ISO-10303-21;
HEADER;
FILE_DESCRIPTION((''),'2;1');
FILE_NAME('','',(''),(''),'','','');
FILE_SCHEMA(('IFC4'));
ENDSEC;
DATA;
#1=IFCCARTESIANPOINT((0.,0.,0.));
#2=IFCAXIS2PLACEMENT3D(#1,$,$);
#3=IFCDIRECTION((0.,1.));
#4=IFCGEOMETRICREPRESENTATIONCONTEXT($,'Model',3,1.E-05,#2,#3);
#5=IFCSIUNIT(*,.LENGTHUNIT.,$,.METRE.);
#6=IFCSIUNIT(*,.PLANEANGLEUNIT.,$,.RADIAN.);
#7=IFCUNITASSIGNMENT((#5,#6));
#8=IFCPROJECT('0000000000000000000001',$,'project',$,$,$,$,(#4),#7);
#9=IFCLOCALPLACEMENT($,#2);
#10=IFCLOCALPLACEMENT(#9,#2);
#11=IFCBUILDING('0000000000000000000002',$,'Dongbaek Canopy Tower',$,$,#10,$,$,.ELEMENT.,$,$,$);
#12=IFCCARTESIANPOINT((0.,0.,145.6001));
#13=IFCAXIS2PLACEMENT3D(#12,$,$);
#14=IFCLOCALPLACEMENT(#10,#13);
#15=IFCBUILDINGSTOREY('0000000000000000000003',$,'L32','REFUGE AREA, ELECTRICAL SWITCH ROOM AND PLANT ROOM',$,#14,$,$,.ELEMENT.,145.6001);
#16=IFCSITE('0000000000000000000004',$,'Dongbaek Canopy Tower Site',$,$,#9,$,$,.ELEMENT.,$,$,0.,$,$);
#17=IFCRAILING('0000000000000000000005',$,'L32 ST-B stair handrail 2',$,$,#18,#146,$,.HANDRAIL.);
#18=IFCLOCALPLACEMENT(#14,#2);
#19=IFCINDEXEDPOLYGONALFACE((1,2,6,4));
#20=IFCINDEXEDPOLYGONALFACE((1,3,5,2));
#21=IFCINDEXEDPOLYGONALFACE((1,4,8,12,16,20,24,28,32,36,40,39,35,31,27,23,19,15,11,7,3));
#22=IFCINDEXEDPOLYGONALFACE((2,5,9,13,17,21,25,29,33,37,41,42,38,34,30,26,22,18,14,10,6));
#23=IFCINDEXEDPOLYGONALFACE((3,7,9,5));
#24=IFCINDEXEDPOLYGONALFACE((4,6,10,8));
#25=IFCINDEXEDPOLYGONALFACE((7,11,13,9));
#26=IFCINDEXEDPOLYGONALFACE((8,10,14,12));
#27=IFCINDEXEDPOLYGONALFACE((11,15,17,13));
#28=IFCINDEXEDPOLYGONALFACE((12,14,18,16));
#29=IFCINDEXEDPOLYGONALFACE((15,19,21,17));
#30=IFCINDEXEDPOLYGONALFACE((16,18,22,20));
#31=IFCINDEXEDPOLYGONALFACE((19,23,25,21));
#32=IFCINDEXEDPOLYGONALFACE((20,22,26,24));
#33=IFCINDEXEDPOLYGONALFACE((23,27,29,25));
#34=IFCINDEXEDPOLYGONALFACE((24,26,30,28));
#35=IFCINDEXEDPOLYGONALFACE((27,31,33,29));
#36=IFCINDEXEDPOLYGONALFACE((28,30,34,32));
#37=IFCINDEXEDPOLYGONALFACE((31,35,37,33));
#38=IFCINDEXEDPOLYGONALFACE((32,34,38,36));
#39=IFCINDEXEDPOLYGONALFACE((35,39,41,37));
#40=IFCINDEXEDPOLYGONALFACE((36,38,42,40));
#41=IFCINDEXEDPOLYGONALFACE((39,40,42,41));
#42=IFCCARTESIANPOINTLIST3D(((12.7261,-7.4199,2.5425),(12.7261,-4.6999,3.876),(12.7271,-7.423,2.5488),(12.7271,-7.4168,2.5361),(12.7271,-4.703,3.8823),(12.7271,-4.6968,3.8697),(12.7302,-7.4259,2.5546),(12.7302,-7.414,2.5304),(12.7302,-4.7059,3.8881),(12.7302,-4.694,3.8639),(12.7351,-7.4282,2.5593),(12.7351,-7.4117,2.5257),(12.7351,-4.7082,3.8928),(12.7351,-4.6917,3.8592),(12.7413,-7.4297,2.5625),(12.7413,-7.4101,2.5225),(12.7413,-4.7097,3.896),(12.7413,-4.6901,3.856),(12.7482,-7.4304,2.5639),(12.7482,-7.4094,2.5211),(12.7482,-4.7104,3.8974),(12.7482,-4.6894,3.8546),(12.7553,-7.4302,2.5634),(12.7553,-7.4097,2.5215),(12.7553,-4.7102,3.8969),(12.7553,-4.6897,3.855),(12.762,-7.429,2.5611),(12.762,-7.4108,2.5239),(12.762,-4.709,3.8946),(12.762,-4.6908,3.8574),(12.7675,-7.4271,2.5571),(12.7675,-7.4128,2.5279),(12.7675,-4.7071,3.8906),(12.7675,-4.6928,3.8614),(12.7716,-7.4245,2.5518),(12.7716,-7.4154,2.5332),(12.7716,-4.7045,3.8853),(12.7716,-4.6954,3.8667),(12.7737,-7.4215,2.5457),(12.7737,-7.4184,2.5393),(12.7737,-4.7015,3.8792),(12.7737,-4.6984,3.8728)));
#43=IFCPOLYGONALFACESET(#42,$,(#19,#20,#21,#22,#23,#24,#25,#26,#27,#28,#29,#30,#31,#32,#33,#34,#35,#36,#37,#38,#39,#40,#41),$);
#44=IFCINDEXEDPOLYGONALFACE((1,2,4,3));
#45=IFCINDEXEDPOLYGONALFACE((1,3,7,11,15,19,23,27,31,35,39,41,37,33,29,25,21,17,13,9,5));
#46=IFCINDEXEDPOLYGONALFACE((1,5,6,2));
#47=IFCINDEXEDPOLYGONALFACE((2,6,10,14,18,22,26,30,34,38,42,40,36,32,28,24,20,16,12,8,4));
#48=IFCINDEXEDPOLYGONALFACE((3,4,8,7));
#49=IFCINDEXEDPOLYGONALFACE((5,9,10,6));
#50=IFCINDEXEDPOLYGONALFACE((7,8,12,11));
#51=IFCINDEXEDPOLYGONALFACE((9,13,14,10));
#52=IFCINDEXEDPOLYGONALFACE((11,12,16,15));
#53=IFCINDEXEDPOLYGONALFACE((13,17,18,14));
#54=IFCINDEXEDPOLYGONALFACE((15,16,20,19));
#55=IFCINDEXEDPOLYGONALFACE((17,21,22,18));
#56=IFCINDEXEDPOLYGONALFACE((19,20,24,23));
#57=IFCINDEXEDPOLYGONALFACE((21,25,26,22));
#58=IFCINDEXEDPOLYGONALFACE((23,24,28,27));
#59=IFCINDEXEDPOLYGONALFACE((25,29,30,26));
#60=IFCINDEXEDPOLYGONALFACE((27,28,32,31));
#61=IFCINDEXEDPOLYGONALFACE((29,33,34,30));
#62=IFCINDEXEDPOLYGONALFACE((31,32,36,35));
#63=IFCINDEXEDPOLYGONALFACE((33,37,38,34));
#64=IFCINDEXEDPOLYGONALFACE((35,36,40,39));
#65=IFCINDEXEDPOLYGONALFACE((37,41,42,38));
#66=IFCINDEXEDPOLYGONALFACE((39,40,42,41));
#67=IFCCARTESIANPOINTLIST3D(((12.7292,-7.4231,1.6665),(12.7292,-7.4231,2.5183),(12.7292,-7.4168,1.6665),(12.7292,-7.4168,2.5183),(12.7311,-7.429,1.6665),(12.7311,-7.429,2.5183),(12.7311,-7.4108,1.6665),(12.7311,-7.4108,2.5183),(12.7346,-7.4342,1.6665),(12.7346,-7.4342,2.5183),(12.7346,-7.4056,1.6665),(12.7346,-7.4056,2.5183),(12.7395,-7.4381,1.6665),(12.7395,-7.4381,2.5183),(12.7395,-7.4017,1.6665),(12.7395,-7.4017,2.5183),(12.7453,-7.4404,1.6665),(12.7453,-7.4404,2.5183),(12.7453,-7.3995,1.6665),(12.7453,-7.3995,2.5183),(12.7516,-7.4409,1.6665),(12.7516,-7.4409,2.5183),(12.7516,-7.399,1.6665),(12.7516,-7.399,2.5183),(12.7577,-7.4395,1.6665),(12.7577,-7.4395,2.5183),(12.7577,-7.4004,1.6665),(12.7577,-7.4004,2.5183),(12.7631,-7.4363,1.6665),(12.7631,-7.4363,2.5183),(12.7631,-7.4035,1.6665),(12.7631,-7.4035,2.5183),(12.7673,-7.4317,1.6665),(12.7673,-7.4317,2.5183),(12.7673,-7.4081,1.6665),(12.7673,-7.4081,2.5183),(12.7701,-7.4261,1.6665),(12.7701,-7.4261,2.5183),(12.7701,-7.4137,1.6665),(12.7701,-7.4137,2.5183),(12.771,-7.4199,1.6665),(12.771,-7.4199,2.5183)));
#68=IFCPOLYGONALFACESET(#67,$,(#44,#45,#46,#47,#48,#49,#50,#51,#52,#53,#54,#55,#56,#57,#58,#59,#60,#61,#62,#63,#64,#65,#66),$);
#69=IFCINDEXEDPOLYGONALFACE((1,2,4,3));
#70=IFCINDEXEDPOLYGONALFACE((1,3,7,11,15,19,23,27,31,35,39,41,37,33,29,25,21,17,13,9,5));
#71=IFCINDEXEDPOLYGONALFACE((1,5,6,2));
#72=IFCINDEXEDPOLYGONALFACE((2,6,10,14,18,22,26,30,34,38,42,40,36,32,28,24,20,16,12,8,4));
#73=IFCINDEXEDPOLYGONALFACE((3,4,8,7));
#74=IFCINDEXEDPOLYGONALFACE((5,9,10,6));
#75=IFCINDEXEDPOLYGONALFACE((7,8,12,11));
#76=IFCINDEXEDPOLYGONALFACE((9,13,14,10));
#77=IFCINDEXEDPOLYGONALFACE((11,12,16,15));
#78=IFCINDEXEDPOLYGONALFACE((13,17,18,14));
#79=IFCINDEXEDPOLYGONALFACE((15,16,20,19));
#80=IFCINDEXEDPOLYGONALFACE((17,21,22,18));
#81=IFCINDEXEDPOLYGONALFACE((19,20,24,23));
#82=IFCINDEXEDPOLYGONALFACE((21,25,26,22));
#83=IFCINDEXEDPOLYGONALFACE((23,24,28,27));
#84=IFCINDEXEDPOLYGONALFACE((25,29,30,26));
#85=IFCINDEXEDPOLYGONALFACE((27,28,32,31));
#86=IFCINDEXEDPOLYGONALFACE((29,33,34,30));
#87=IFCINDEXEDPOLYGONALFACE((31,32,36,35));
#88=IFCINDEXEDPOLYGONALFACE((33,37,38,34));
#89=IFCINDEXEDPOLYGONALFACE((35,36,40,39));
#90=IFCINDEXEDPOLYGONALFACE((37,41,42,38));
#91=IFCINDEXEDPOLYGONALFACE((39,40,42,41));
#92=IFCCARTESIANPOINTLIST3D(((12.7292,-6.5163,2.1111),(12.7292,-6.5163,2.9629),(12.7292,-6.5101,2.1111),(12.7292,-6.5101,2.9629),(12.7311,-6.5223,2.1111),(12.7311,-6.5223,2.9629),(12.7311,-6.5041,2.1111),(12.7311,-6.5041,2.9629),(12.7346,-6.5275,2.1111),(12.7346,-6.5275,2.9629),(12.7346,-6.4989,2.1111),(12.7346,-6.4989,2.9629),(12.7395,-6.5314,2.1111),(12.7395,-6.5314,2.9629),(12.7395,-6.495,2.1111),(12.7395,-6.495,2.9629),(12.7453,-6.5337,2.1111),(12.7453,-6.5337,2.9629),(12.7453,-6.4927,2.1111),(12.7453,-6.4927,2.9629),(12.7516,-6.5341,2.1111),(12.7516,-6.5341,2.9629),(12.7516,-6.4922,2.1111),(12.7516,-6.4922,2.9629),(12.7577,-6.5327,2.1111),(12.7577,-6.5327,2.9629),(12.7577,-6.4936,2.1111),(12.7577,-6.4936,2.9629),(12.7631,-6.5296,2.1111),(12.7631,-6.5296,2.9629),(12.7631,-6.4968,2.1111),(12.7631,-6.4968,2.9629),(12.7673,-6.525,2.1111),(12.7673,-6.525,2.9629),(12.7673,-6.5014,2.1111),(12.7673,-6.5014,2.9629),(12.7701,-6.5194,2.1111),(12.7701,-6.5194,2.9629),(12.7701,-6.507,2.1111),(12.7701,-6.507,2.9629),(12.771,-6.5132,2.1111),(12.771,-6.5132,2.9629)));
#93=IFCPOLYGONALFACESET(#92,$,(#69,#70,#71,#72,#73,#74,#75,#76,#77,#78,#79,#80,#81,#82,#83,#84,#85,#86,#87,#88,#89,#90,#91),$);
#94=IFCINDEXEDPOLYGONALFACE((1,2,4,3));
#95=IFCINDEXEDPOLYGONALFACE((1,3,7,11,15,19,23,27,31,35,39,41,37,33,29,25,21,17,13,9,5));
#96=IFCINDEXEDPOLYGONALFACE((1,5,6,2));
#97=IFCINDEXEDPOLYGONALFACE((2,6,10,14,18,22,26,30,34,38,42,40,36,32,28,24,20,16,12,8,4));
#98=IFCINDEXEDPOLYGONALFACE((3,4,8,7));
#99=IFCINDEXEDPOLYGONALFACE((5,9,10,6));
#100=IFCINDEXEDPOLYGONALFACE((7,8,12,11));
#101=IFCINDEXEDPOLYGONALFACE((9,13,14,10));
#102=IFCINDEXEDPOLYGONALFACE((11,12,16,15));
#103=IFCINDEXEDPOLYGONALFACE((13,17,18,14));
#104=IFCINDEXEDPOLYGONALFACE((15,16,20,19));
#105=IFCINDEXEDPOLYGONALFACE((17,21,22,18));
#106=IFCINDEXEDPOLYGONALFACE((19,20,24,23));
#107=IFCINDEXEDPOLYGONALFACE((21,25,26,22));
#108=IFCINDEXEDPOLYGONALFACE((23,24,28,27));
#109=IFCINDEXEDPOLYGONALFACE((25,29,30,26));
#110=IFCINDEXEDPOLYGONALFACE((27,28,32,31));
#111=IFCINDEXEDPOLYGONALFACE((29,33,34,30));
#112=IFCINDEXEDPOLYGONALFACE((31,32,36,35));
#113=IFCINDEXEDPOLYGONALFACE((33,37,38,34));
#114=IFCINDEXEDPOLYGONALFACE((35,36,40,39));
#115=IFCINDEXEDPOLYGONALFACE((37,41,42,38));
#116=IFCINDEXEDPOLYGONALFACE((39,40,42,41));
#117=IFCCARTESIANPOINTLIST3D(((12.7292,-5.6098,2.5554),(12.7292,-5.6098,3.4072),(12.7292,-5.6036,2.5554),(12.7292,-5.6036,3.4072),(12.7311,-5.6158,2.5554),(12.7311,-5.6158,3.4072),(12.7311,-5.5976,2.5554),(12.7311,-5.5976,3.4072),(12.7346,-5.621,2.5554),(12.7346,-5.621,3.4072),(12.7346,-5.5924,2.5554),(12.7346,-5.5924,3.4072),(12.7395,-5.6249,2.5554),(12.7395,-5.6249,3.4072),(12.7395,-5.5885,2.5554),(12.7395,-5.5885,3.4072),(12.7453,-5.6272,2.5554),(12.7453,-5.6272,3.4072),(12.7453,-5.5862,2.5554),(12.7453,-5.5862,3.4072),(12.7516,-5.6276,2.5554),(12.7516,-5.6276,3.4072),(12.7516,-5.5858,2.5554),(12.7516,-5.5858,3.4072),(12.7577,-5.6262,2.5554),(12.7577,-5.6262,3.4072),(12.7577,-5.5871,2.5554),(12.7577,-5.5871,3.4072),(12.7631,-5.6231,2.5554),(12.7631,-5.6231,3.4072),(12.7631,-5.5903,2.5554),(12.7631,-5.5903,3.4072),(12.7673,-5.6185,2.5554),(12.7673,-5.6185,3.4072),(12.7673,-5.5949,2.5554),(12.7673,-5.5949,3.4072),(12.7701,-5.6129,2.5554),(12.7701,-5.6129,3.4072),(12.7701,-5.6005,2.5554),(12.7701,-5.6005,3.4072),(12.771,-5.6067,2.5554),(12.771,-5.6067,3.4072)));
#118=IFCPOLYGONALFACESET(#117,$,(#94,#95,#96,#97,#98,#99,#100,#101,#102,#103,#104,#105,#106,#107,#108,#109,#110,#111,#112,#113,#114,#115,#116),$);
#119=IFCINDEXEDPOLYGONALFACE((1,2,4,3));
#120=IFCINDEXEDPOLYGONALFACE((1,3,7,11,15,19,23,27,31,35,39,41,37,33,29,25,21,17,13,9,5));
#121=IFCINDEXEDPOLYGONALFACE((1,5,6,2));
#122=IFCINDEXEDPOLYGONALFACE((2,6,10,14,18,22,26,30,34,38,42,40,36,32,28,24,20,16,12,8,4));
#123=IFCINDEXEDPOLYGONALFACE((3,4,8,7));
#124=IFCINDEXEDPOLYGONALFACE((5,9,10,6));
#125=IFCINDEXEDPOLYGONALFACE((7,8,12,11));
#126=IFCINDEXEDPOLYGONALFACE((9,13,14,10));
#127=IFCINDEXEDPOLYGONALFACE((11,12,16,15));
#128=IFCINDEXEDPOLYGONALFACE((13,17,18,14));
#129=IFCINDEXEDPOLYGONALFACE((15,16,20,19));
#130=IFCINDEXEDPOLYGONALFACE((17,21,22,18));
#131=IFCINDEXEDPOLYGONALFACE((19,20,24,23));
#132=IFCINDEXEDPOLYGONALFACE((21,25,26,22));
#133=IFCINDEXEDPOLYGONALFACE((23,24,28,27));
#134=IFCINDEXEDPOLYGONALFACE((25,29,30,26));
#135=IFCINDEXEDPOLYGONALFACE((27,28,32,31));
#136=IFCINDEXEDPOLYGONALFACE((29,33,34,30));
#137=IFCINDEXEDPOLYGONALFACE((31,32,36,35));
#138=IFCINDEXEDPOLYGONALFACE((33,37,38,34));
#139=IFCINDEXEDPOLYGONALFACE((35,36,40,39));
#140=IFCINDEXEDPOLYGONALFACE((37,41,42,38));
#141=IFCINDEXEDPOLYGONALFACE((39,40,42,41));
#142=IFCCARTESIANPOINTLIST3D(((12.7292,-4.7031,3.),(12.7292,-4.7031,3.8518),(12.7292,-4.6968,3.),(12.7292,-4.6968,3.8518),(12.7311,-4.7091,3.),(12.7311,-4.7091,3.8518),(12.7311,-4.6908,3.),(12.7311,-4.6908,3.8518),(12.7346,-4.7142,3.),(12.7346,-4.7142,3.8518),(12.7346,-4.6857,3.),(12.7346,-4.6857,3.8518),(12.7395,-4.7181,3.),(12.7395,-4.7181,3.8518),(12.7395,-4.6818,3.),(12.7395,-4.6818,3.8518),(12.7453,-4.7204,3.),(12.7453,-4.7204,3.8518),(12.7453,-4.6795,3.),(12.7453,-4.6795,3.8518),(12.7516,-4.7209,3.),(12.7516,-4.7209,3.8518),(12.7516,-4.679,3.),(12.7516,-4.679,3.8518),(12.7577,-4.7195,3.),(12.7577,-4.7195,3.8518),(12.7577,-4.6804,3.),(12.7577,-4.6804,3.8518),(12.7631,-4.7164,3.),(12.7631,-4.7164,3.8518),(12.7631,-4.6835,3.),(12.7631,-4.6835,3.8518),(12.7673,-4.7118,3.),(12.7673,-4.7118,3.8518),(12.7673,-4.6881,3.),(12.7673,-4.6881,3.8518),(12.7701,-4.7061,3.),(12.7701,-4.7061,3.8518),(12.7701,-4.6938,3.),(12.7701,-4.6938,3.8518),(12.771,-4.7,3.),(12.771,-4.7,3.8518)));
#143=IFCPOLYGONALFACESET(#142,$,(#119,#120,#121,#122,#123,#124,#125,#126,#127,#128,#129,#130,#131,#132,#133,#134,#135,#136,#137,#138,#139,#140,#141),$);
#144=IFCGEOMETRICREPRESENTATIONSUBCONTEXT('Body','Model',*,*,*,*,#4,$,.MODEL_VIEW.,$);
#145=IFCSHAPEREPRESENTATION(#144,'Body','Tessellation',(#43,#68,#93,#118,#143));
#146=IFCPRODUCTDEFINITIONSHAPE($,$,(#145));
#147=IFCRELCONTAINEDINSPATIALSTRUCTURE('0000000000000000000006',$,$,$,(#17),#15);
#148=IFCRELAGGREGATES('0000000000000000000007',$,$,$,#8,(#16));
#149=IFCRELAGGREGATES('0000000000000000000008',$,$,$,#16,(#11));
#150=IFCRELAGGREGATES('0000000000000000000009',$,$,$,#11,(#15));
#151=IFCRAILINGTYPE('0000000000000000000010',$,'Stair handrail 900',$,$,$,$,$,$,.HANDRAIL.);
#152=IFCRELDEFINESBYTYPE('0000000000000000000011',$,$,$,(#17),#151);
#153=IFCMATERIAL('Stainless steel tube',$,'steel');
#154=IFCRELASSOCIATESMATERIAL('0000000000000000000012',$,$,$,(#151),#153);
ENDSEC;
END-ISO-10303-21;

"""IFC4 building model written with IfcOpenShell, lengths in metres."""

from ifc_helpers import new_model, si_unit, direction, frame, origin, origin_2d, place, context, subcontext, project, spatial, circle, extrude, material, type_object, element, save


model = new_model("IFC4")

# Units and contexts
model_context = context("Model", 3, precision=1e-05, world=origin(), true_north=direction((0.0, 1.0)))
body_context = subcontext(model_context, "Body", "Model", "MODEL_VIEW")
ifc_project = project(units=[si_unit("LENGTHUNIT", "METRE"), si_unit("PLANEANGLEUNIT", "RADIAN")], contexts=[model_context])

# Site, building, storey
site_placement = place(None, origin())
site = spatial("IfcSite", under=ifc_project, at=site_placement, Name="Dongbaek Canopy Tower Site", CompositionType="ELEMENT", RefElevation=0.0)
building_placement = place(site_placement, origin())
building = spatial("IfcBuilding", under=site, at=building_placement, Name="Dongbaek Canopy Tower", CompositionType="ELEMENT")
storey_placement = place(building_placement, frame((0.0, 0.0, 145.6001)))
storey = spatial("IfcBuildingStorey", under=building, at=storey_placement, Name="L32", Description="REFUGE AREA, ELECTRICAL SWITCH ROOM AND PLANT ROOM", CompositionType="ELEMENT", Elevation=145.6001)

# Railing
ifc_material_1 = material(Name="Stainless steel tube", Category="steel")
railing_type_1 = type_object("IfcRailingType", Name="Stair handrail 900", PredefinedType="HANDRAIL", material=ifc_material_1)
railing_1_placement = place(storey_placement, frame((12.75, -7.4199, 1.6665)))
element("IfcRailing", 1, at=railing_1_placement, inside=storey, type_object=railing_type_1, Name="L32 ST-B stair handrail 2", PredefinedType="HANDRAIL", context=body_context, shape_type="SweptSolid", body=[
    extrude(circle(Radius=0.0239, at=origin_2d()), frame((0.0, 0.0, 0.876), z_axis=(0.0, 0.897898, 0.440204), x_axis=(-1.0, 0.0, 0.0)), (0.0, 0.0, 1.0), 3.0293),
    extrude(circle(Radius=0.021, at=origin_2d()), origin(), (0.0, 0.0, 1.0), 0.8518),
    extrude(circle(Radius=0.021, at=origin_2d()), frame((0.0, 0.9067, 0.4446)), (0.0, 0.0, 1.0), 0.8518),
    extrude(circle(Radius=0.021, at=origin_2d()), frame((0.0, 1.8132, 0.8889)), (0.0, 0.0, 1.0), 0.8518),
    extrude(circle(Radius=0.021, at=origin_2d()), frame((0.0, 2.72, 1.3335)), (0.0, 0.0, 1.0), 0.8518),
])

save(model, "model.ifc")
